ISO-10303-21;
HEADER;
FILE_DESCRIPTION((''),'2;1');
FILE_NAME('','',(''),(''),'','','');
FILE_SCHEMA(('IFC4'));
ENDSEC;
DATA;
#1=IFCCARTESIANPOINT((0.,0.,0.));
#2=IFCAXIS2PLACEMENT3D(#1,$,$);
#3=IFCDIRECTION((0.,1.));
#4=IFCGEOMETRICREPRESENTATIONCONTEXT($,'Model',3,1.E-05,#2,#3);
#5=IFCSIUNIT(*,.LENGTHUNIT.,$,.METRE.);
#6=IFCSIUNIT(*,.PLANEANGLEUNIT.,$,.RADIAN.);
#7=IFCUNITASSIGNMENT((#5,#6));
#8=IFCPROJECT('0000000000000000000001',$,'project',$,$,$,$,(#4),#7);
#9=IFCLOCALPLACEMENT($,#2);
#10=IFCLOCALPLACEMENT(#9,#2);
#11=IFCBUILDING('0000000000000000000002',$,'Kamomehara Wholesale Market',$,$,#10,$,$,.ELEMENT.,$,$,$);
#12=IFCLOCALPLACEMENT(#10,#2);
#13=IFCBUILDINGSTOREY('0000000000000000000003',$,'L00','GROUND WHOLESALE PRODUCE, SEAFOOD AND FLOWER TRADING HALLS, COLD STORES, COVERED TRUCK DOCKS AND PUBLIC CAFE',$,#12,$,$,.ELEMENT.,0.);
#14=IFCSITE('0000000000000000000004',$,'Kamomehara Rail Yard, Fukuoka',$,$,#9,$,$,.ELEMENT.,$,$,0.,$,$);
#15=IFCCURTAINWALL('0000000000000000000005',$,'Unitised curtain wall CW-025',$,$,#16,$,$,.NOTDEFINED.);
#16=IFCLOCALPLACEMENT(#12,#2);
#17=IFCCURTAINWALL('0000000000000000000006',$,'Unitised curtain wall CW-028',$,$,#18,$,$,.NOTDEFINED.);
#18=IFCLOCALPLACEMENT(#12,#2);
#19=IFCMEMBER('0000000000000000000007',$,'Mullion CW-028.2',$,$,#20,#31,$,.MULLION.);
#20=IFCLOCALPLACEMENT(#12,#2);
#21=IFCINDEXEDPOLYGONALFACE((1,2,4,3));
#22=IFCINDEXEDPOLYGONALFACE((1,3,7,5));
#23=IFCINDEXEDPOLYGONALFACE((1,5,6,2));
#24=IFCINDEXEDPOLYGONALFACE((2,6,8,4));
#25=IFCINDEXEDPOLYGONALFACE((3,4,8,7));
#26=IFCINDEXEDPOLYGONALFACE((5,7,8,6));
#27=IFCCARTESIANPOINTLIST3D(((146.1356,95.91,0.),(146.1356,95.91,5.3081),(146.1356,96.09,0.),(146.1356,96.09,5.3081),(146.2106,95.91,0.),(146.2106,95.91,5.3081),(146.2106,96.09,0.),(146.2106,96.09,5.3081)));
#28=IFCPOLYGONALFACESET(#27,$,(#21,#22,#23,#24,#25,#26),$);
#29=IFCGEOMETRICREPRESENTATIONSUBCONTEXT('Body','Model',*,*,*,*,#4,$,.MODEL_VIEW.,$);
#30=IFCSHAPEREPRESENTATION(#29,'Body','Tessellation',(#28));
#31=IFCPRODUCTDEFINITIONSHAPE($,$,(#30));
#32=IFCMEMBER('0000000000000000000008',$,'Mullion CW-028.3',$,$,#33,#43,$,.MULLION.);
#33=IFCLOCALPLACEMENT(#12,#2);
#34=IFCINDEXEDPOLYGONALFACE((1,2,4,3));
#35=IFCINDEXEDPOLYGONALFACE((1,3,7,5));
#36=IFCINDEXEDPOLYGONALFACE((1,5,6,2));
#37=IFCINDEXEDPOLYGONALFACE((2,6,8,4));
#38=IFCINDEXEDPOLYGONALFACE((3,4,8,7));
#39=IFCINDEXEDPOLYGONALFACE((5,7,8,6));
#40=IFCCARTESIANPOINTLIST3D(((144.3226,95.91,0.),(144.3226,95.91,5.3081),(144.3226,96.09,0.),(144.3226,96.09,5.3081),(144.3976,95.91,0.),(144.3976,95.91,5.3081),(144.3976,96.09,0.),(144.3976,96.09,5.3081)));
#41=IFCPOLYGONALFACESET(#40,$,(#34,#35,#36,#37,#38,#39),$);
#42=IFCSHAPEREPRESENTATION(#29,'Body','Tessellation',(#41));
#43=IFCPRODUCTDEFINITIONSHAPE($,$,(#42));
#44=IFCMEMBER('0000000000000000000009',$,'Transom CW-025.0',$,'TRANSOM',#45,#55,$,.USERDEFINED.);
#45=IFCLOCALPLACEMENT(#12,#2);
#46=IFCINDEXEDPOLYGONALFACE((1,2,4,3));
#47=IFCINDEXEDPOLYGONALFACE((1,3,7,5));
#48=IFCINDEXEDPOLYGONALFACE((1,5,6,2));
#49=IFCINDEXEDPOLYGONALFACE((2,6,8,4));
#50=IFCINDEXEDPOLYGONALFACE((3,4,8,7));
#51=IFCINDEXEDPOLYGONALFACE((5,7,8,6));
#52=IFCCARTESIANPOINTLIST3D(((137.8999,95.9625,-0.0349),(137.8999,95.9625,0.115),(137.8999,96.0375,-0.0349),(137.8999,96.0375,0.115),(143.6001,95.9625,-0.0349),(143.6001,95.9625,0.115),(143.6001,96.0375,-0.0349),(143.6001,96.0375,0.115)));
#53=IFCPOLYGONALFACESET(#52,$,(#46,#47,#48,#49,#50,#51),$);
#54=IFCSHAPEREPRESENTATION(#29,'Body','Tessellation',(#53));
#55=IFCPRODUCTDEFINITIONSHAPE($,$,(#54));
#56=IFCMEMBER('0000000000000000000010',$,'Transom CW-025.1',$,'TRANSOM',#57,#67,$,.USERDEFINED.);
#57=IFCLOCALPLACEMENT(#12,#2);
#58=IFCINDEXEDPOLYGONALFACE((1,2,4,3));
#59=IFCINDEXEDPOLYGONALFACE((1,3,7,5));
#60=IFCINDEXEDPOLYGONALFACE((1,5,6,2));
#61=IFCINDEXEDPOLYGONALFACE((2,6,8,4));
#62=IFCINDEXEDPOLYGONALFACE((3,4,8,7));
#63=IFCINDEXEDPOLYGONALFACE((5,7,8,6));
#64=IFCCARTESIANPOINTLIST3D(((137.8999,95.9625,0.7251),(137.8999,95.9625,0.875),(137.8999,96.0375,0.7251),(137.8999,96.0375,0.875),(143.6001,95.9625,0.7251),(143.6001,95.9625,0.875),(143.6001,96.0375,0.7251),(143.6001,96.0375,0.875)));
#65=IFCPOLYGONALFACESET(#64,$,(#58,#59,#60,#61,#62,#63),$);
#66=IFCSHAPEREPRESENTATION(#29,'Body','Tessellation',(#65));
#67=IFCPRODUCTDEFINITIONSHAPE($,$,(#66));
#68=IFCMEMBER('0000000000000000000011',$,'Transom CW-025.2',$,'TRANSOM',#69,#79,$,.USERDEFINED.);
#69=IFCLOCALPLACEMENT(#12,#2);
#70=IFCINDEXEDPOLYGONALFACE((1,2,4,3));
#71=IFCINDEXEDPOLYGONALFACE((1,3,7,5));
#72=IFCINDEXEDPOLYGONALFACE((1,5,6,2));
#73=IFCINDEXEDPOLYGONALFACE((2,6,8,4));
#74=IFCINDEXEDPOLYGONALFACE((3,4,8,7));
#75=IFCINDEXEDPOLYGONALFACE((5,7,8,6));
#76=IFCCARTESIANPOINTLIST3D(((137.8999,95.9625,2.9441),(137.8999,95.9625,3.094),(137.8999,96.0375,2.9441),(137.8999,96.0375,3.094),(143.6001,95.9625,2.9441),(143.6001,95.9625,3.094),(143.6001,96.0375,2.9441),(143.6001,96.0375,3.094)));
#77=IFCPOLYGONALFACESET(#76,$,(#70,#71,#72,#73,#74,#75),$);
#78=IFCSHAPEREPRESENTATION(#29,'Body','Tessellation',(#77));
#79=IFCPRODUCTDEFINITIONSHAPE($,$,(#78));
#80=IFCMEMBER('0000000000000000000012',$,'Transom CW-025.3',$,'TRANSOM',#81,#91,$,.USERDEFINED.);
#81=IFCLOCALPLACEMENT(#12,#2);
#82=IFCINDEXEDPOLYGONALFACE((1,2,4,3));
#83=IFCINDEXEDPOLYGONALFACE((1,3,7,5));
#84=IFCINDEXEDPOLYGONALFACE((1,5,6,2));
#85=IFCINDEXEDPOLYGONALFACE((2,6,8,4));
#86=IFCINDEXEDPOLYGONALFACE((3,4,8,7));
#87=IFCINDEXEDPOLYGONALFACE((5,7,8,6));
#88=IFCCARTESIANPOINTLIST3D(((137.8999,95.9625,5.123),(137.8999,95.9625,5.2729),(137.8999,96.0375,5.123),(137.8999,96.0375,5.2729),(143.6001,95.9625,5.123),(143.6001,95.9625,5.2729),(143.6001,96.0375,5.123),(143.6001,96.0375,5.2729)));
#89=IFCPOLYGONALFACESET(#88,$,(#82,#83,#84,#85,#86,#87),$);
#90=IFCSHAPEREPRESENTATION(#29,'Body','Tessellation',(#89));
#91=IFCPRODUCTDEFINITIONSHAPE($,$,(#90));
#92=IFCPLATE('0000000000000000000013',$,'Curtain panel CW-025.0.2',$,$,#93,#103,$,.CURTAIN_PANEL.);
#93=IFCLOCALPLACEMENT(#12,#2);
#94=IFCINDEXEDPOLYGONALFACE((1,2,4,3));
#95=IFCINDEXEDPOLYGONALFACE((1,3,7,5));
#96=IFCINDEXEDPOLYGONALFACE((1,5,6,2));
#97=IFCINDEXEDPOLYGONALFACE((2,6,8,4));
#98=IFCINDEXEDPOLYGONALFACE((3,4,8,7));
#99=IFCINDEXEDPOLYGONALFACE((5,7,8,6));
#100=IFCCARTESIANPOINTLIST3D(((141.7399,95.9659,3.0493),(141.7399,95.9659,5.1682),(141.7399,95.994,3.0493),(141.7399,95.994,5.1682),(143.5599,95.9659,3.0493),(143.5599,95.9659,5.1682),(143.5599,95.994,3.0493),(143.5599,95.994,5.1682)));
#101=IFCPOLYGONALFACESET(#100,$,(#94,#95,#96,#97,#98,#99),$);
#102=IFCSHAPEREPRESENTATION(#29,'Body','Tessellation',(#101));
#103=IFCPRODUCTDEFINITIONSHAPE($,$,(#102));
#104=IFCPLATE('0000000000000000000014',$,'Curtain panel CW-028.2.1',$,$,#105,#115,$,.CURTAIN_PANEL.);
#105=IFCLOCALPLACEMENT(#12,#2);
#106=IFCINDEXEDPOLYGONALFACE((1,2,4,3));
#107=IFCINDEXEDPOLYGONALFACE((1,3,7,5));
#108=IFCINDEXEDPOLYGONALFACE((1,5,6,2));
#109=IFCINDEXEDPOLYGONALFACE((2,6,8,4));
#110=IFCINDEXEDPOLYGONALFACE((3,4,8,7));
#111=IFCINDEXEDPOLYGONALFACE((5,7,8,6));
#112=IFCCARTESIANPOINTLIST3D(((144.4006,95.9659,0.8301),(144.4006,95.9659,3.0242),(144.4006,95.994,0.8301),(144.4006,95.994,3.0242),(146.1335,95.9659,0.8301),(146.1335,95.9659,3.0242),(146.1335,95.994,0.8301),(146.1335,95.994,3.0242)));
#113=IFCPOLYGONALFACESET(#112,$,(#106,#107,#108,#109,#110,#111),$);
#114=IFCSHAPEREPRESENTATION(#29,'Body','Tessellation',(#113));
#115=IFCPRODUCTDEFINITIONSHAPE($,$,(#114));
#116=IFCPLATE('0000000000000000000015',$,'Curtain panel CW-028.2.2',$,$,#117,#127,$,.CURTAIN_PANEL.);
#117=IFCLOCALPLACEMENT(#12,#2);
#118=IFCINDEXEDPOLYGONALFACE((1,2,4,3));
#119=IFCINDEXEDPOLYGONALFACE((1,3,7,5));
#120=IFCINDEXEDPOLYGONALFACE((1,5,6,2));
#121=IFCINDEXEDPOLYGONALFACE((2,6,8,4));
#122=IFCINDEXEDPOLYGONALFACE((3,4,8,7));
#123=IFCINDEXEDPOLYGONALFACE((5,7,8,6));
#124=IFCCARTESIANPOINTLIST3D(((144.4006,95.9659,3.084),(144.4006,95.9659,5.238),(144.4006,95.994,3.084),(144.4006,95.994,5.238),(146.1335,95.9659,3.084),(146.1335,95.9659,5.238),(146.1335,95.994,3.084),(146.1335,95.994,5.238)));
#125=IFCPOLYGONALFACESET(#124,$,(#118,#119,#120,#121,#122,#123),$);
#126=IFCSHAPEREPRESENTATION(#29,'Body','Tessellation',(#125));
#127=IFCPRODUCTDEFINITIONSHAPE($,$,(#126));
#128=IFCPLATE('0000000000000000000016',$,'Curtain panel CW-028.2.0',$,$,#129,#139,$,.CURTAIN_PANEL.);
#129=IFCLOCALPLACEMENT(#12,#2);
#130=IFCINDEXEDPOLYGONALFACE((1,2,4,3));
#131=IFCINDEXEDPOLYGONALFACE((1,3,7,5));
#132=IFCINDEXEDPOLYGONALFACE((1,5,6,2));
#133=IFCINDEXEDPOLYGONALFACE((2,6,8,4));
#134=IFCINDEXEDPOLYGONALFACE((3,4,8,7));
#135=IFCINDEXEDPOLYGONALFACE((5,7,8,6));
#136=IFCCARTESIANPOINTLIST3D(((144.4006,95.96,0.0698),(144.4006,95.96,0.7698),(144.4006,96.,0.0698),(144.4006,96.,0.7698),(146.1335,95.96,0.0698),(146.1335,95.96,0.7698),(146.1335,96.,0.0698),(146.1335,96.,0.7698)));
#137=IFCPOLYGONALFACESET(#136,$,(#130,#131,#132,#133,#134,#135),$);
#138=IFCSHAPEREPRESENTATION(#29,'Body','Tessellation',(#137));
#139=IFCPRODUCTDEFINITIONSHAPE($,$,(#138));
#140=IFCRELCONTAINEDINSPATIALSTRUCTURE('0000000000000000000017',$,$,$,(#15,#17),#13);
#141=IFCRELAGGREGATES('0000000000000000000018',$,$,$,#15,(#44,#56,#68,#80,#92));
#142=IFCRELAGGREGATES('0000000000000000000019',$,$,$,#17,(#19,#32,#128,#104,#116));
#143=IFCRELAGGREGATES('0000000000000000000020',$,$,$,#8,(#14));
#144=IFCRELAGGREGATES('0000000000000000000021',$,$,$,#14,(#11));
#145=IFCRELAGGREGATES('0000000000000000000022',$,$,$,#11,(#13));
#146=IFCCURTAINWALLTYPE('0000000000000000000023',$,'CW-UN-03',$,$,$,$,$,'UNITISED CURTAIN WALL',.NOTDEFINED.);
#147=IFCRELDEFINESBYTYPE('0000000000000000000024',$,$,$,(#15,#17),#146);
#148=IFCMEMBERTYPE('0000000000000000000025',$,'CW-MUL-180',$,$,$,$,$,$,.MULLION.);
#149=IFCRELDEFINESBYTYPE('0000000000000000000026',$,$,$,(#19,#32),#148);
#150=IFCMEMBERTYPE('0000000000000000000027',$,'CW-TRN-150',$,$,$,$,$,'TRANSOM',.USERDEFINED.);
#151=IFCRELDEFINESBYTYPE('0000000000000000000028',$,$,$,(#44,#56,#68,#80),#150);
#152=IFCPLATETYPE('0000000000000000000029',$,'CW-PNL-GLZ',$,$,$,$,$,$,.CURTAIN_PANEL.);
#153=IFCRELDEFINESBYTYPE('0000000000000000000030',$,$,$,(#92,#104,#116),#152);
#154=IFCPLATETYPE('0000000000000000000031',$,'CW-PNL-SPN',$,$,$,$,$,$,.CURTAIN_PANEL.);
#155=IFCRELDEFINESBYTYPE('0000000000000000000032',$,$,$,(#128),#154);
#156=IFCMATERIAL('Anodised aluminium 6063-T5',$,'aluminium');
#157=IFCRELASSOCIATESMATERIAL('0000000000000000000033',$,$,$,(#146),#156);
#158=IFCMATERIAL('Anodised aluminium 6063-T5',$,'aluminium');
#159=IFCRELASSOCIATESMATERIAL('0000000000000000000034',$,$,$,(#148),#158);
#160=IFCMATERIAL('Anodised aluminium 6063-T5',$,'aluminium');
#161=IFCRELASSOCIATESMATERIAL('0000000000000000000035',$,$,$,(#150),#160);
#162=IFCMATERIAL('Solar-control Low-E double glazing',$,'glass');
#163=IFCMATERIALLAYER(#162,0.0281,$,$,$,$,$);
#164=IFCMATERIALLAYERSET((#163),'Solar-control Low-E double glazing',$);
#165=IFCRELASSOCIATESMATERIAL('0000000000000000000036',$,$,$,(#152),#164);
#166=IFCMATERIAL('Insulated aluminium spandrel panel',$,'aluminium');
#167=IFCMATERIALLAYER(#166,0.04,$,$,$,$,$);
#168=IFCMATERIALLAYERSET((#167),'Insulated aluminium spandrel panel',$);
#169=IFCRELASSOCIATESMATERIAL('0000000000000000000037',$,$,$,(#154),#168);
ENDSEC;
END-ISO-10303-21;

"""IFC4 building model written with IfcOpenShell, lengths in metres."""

from ifc_helpers import new_model, si_unit, direction, frame, origin, origin_2d, place, context, subcontext, project, spatial, rectangle, extrude, material, layer, layer_set, material_profile, profile_set, type_object, element, aggregate, save


model = new_model("IFC4")

# Units and contexts
model_context = context("Model", 3, precision=1e-05, world=origin(), true_north=direction((0.0, 1.0)))
body_context = subcontext(model_context, "Body", "Model", "MODEL_VIEW")
ifc_project = project(units=[si_unit("LENGTHUNIT", "METRE"), si_unit("PLANEANGLEUNIT", "RADIAN")], contexts=[model_context])

# Site, building, storey
site_placement = place(None, origin())
site = spatial("IfcSite", under=ifc_project, at=site_placement, Name="Kamomehara Rail Yard, Fukuoka", CompositionType="ELEMENT", RefElevation=0.0)
building_placement = place(site_placement, origin())
building = spatial("IfcBuilding", under=site, at=building_placement, Name="Kamomehara Wholesale Market", CompositionType="ELEMENT")
storey_placement = place(building_placement, origin())
storey = spatial("IfcBuildingStorey", under=building, at=storey_placement, Name="L00", Description="GROUND WHOLESALE PRODUCE, SEAFOOD AND FLOWER TRADING HALLS, COLD STORES, COVERED TRUCK DOCKS AND PUBLIC CAFE", CompositionType="ELEMENT", Elevation=0.0)

# Curtain walls, members
ifc_material_1 = material(Name="Anodised aluminium 6063-T5", Category="aluminium")
curtain_wall_type = type_object("IfcCurtainWallType", Name="CW-UN-03", ElementType="UNITISED CURTAIN WALL", PredefinedType="NOTDEFINED", material=ifc_material_1)
curtain_wall_1_placement = place(storey_placement, origin())
curtain_wall_1 = element("IfcCurtainWall", 1, at=curtain_wall_1_placement, inside=storey, type_object=curtain_wall_type, Name="Unitised curtain wall CW-025", PredefinedType="NOTDEFINED")
ifc_material_2 = material(Name="Anodised aluminium 6063-T5", Category="aluminium")
ifc_material_profile_1 = material_profile(ifc_material_2, rectangle(XDim=0.075, YDim=0.1799, at=origin_2d()), Name="ALU-MUL-75x180")
ifc_profile_set_1 = profile_set([ifc_material_profile_1], Name="Anodised aluminium 6063-T5")
member_type_1 = type_object("IfcMemberType", Name="CW-MUL-180", PredefinedType="MULLION", material=ifc_profile_set_1)
curtain_wall_2_placement = place(storey_placement, origin())
curtain_wall_2 = element("IfcCurtainWall", 2, at=curtain_wall_2_placement, inside=storey, type_object=curtain_wall_type, Name="Unitised curtain wall CW-028", PredefinedType="NOTDEFINED")
member_1_placement = place(storey_placement, frame((146.1731, 96.0, 0.0), z_axis=(0.0, 0.0, 1.0), x_axis=(-1.0, 0.0, 0.0)))
member_1 = element("IfcMember", 3, at=member_1_placement, type_object=member_type_1, Name="Mullion CW-028.2", PredefinedType="MULLION", context=body_context, shape_type="SweptSolid", body=[
    extrude(rectangle(XDim=0.075, YDim=0.1799, at=origin_2d()), origin(), (0.0, 0.0, 1.0), 5.3081),
])
member_2_placement = place(storey_placement, frame((144.3601, 96.0, 0.0), z_axis=(0.0, 0.0, 1.0), x_axis=(-1.0, 0.0, 0.0)))
member_2 = element("IfcMember", 4, at=member_2_placement, type_object=member_type_1, Name="Mullion CW-028.3", PredefinedType="MULLION", context=body_context, shape_type="SweptSolid", body=[
    extrude(rectangle(XDim=0.075, YDim=0.1799, at=origin_2d()), origin(), (0.0, 0.0, 1.0), 5.3081),
])

# Members
ifc_material_3 = material(Name="Anodised aluminium 6063-T5", Category="aluminium")
ifc_material_profile_2 = material_profile(ifc_material_3, rectangle(XDim=0.075, YDim=0.1499, at=origin_2d()), Name="ALU-TRN-75x150")
ifc_profile_set_2 = profile_set([ifc_material_profile_2], Name="Anodised aluminium 6063-T5")
member_type_2 = type_object("IfcMemberType", Name="CW-TRN-150", ElementType="TRANSOM", PredefinedType="USERDEFINED", material=ifc_profile_set_2)
member_3_placement = place(storey_placement, frame((143.6001, 96.0, 0.04), z_axis=(-1.0, 0.0, 0.0), x_axis=(0.0, -1.0, 0.0)))
member_3 = element("IfcMember", 5, at=member_3_placement, type_object=member_type_2, Name="Transom CW-025.0", ObjectType="TRANSOM", PredefinedType="USERDEFINED", context=body_context, shape_type="SweptSolid", body=[
    extrude(rectangle(XDim=0.075, YDim=0.1499, at=origin_2d()), origin(), (0.0, 0.0, 1.0), 5.7002),
])
member_4_placement = place(storey_placement, frame((143.6001, 96.0, 0.8), z_axis=(-1.0, 0.0, 0.0), x_axis=(0.0, -1.0, 0.0)))
member_4 = element("IfcMember", 6, at=member_4_placement, type_object=member_type_2, Name="Transom CW-025.1", ObjectType="TRANSOM", PredefinedType="USERDEFINED", context=body_context, shape_type="SweptSolid", body=[
    extrude(rectangle(XDim=0.075, YDim=0.1499, at=origin_2d()), origin(), (0.0, 0.0, 1.0), 5.7002),
])
member_5_placement = place(storey_placement, frame((143.6001, 96.0, 3.019), z_axis=(-1.0, 0.0, 0.0), x_axis=(0.0, -1.0, 0.0)))
member_5 = element("IfcMember", 7, at=member_5_placement, type_object=member_type_2, Name="Transom CW-025.2", ObjectType="TRANSOM", PredefinedType="USERDEFINED", context=body_context, shape_type="SweptSolid", body=[
    extrude(rectangle(XDim=0.075, YDim=0.1499, at=origin_2d()), origin(), (0.0, 0.0, 1.0), 5.7002),
])
member_6_placement = place(storey_placement, frame((143.6001, 96.0, 5.198), z_axis=(-1.0, 0.0, 0.0), x_axis=(0.0, -1.0, 0.0)))
member_6 = element("IfcMember", 8, at=member_6_placement, type_object=member_type_2, Name="Transom CW-025.3", ObjectType="TRANSOM", PredefinedType="USERDEFINED", context=body_context, shape_type="SweptSolid", body=[
    extrude(rectangle(XDim=0.075, YDim=0.1499, at=origin_2d()), origin(), (0.0, 0.0, 1.0), 5.7002),
])

# Plates
ifc_material_4 = material(Name="Solar-control Low-E double glazing", Category="glass")
ifc_layer_1 = layer(ifc_material_4, 0.0281)
ifc_layer_set_1 = layer_set([ifc_layer_1], Name="Solar-control Low-E double glazing")
plate_type_1 = type_object("IfcPlateType", Name="CW-PNL-GLZ", PredefinedType="CURTAIN_PANEL", material=ifc_layer_set_1)
plate_1_placement = place(storey_placement, frame((142.6499, 95.98, 3.0493), z_axis=(0.0, 0.0, 1.0), x_axis=(-1.0, 0.0, 0.0)))
plate_1 = element("IfcPlate", 9, at=plate_1_placement, type_object=plate_type_1, Name="Curtain panel CW-025.0.2", PredefinedType="CURTAIN_PANEL", context=body_context, shape_type="SweptSolid", body=[
    extrude(rectangle(XDim=1.8201, YDim=0.0281, at=origin_2d()), origin(), (0.0, 0.0, 1.0), 2.1189),
])
aggregate(curtain_wall_1, [member_3, member_4, member_5, member_6, plate_1])
plate_2_placement = place(storey_placement, frame((145.2671, 95.98, 0.8301), z_axis=(0.0, 0.0, 1.0), x_axis=(-1.0, 0.0, 0.0)))
plate_2 = element("IfcPlate", 10, at=plate_2_placement, type_object=plate_type_1, Name="Curtain panel CW-028.2.1", PredefinedType="CURTAIN_PANEL", context=body_context, shape_type="SweptSolid", body=[
    extrude(rectangle(XDim=1.7329, YDim=0.0281, at=origin_2d()), origin(), (0.0, 0.0, 1.0), 2.1941),
])
plate_3_placement = place(storey_placement, frame((145.2671, 95.98, 3.084), z_axis=(0.0, 0.0, 1.0), x_axis=(-1.0, 0.0, 0.0)))
plate_3 = element("IfcPlate", 11, at=plate_3_placement, type_object=plate_type_1, Name="Curtain panel CW-028.2.2", PredefinedType="CURTAIN_PANEL", context=body_context, shape_type="SweptSolid", body=[
    extrude(rectangle(XDim=1.7329, YDim=0.0281, at=origin_2d()), origin(), (0.0, 0.0, 1.0), 2.1541),
])
ifc_material_5 = material(Name="Insulated aluminium spandrel panel", Category="aluminium")
ifc_layer_2 = layer(ifc_material_5, 0.04)
ifc_layer_set_2 = layer_set([ifc_layer_2], Name="Insulated aluminium spandrel panel")
plate_type_2 = type_object("IfcPlateType", Name="CW-PNL-SPN", PredefinedType="CURTAIN_PANEL", material=ifc_layer_set_2)
plate_4_placement = place(storey_placement, frame((145.2671, 95.98, 0.0698), z_axis=(0.0, 0.0, 1.0), x_axis=(-1.0, 0.0, 0.0)))
plate_4 = element("IfcPlate", 12, at=plate_4_placement, type_object=plate_type_2, Name="Curtain panel CW-028.2.0", PredefinedType="CURTAIN_PANEL", context=body_context, shape_type="SweptSolid", body=[
    extrude(rectangle(XDim=1.7329, YDim=0.04, at=origin_2d()), origin(), (0.0, 0.0, 1.0), 0.7),
])
aggregate(curtain_wall_2, [member_1, member_2, plate_4, plate_2, plate_3])

save(model, "model.ifc")
